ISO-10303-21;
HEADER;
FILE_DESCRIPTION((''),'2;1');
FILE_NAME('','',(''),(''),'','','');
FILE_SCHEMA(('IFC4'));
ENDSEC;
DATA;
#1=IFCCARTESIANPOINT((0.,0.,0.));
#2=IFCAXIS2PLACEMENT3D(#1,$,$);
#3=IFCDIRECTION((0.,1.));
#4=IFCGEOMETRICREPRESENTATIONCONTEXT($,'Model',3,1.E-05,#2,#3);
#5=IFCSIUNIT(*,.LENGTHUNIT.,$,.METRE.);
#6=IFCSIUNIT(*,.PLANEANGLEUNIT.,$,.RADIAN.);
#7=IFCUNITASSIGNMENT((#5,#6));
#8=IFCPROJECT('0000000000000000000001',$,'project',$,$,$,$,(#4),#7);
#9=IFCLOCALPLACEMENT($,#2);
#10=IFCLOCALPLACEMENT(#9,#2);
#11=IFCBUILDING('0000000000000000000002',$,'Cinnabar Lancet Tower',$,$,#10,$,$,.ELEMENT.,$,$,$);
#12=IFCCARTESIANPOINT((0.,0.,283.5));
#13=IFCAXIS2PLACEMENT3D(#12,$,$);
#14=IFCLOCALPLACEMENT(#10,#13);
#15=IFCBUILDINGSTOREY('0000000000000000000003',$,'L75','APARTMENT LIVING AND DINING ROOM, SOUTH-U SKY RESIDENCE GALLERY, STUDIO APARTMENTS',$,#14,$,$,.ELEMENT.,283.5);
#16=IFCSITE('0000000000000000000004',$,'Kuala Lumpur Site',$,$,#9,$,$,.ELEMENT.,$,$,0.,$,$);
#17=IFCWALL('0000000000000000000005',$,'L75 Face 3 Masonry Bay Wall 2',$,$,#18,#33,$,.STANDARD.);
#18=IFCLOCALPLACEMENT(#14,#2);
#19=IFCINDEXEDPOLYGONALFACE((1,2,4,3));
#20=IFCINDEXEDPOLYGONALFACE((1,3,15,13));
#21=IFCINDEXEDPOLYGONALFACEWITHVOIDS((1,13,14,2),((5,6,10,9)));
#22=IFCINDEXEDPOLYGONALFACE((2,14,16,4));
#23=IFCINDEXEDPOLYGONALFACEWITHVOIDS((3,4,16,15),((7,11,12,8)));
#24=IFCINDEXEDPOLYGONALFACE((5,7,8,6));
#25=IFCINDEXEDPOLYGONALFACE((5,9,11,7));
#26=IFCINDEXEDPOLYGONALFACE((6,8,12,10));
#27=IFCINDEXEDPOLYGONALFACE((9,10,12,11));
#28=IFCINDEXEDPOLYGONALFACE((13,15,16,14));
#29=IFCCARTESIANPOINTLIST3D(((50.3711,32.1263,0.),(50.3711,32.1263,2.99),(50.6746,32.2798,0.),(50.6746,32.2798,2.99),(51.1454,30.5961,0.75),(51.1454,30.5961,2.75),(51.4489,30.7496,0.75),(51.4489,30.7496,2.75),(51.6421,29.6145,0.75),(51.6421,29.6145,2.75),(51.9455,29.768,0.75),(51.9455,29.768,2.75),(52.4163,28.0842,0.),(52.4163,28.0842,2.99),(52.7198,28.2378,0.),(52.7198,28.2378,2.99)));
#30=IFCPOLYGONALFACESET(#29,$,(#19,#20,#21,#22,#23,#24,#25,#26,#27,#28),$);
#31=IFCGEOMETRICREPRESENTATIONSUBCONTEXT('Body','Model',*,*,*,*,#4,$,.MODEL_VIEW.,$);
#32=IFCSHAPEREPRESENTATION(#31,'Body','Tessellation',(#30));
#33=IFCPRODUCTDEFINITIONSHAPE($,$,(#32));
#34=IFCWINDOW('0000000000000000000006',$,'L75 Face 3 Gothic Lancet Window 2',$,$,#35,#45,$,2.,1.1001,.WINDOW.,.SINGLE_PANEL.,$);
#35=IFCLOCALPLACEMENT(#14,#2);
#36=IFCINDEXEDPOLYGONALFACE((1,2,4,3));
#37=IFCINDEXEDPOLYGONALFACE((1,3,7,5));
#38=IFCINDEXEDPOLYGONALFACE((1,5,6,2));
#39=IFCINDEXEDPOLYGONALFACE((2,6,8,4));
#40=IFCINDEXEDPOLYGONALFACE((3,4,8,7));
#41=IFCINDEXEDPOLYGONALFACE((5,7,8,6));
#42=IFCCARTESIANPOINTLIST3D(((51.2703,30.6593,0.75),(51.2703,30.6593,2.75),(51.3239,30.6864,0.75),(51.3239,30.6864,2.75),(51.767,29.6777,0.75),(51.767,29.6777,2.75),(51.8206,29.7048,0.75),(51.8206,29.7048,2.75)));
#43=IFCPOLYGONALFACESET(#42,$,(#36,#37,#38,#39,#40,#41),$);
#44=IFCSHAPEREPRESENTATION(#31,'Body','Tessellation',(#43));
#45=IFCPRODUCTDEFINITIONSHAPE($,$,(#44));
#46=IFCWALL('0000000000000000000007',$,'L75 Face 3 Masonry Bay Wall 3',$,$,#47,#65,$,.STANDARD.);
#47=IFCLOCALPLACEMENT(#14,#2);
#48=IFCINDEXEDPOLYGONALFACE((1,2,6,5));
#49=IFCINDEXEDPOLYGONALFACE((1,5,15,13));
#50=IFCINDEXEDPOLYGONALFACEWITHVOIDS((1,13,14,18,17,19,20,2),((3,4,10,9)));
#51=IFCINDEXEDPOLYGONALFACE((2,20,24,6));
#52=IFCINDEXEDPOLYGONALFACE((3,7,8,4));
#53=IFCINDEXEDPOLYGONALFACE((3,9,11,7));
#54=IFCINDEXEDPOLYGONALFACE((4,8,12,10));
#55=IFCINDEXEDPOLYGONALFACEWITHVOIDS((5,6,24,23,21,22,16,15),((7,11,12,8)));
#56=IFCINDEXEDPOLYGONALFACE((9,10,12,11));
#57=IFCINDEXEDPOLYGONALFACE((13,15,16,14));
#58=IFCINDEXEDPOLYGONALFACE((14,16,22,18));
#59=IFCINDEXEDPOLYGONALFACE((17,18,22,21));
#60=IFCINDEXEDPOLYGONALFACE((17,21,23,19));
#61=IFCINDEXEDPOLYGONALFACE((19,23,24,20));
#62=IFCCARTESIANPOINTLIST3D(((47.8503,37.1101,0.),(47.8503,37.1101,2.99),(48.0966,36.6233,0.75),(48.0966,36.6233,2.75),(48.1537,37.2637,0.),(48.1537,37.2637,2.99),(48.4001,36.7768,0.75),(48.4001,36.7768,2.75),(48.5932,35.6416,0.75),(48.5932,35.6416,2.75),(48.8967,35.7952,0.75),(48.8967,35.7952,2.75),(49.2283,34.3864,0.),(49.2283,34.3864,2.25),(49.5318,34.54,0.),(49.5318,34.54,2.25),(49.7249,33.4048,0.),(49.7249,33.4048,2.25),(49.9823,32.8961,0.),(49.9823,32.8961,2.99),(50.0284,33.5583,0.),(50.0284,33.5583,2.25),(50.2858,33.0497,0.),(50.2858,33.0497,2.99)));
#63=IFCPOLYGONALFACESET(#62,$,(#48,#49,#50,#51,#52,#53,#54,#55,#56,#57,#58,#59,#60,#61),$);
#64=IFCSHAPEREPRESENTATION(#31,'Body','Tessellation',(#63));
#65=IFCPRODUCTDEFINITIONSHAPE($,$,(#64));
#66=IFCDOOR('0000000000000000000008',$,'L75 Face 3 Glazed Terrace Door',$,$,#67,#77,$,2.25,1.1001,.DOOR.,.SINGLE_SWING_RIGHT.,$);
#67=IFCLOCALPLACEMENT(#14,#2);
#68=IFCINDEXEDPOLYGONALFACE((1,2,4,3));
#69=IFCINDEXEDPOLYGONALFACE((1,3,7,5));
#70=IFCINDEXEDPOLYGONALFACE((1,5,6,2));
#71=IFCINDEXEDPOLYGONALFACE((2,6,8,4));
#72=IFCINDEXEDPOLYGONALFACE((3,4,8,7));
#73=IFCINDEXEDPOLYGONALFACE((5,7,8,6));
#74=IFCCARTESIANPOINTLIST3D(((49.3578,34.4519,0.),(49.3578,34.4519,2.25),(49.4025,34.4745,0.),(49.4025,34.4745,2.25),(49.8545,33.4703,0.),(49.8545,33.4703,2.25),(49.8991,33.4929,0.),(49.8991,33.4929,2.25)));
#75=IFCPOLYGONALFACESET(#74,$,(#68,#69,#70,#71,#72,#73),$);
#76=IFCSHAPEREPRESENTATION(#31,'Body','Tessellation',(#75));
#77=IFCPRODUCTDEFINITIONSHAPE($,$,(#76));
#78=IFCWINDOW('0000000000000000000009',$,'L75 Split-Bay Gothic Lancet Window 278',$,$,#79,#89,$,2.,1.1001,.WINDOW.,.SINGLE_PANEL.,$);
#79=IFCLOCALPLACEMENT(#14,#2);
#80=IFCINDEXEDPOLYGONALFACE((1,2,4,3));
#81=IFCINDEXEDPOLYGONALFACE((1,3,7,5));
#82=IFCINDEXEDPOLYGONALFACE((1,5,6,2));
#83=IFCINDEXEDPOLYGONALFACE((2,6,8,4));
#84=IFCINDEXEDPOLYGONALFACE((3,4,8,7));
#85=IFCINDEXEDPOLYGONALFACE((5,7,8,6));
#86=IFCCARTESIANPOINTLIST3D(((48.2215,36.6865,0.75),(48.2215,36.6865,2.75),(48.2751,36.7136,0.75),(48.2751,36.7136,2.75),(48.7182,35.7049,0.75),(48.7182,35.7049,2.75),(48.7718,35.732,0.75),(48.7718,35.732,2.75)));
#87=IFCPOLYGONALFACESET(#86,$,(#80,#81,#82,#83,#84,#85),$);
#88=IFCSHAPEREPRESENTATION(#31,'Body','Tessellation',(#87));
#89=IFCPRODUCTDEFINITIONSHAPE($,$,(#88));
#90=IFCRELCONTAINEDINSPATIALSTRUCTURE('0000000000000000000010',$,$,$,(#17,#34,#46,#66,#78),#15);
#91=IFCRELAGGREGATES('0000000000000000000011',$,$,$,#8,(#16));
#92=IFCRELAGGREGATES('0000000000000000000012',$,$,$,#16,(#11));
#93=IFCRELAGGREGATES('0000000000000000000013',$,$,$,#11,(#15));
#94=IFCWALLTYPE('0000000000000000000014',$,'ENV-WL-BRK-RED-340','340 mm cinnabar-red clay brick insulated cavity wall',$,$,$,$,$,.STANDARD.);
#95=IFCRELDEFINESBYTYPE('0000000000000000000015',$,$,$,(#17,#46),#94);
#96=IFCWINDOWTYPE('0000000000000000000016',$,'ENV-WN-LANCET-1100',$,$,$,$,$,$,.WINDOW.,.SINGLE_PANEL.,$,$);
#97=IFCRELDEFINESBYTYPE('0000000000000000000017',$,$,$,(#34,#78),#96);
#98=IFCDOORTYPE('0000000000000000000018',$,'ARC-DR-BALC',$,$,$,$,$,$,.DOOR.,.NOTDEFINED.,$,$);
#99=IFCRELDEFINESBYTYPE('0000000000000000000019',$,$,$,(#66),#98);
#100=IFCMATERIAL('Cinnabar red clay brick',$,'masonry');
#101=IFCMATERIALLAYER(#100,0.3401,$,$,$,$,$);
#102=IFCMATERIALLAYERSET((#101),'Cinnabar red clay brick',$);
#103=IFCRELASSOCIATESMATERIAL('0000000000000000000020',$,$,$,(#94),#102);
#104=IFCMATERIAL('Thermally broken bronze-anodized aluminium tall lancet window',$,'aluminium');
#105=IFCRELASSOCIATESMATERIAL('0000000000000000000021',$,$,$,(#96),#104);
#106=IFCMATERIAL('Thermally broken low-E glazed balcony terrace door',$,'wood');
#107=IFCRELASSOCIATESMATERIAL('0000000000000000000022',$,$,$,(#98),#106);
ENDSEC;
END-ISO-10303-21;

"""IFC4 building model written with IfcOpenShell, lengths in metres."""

from ifc_helpers import new_model, si_unit, direction, frame, frame_2d, origin, place, context, subcontext, project, spatial, rectangle, extrude, material, layer, layer_set, type_object, element, fill, save


model = new_model("IFC4")

# Units and contexts
model_context = context("Model", 3, precision=1e-05, world=origin(), true_north=direction((0.0, 1.0)))
body_context = subcontext(model_context, "Body", "Model", "MODEL_VIEW")
ifc_project = project(units=[si_unit("LENGTHUNIT", "METRE"), si_unit("PLANEANGLEUNIT", "RADIAN")], contexts=[model_context])

# Site, building, storey
site_placement = place(None, origin())
site = spatial("IfcSite", under=ifc_project, at=site_placement, Name="Kuala Lumpur Site", CompositionType="ELEMENT", RefElevation=0.0)
building_placement = place(site_placement, origin())
building = spatial("IfcBuilding", under=site, at=building_placement, Name="Cinnabar Lancet Tower", CompositionType="ELEMENT")
storey_placement = place(building_placement, frame((0.0, 0.0, 283.5)))
storey = spatial("IfcBuildingStorey", under=building, at=storey_placement, Name="L75", Description="APARTMENT LIVING AND DINING ROOM, SOUTH-U SKY RESIDENCE GALLERY, STUDIO APARTMENTS", CompositionType="ELEMENT", Elevation=283.5)

# Shared definitions
ifc_material_1 = material(Name="Cinnabar red clay brick", Category="masonry")
ifc_layer_1 = layer(ifc_material_1, 0.3401)
ifc_layer_set_1 = layer_set([ifc_layer_1], Name="Cinnabar red clay brick")
wall_type_1 = type_object("IfcWallType", Name="ENV-WL-BRK-RED-340", Description="340 mm cinnabar-red clay brick insulated cavity wall", PredefinedType="STANDARD", material=ifc_layer_set_1)

# Wall, opening, window
wall_1_placement = place(storey_placement, frame((52.5681, 28.1609, 0.0), z_axis=(0.0, 0.0, 1.0), x_axis=(-0.451477, 0.892283, 0.0)))
wall_1 = element("IfcWall", 1, at=wall_1_placement, inside=storey, type_object=wall_type_1, Name="L75 Face 3 Masonry Bay Wall 2", PredefinedType="STANDARD", context=body_context, shape_type="SweptSolid", body=[
    extrude(rectangle(XDim=4.53, YDim=0.3401, at=frame_2d((2.2651, 0.0))), origin(), (0.0, 0.0, 1.0), 2.99),
])
opening_1_placement = place(wall_1_placement, frame((1.7151, 0.0, 0.75)))
opening_1 = element("IfcOpeningElement", 2, at=opening_1_placement, cuts=wall_1, PredefinedType="OPENING", context=body_context, shape_type="SweptSolid", body=[
    extrude(rectangle(XDim=1.1001, YDim=2.0, at=frame_2d((0.55, 1.0))), frame((0.0, 0.1799, 0.0), z_axis=(0.0, -1.0, 0.0), x_axis=(1.0, 0.0, 0.0)), (0.0, 0.0, 1.0), 0.3601),
])
ifc_material_2 = material(Name="Thermally broken bronze-anodized aluminium tall lancet window", Category="aluminium")
window_type = type_object("IfcWindowType", Name="ENV-WN-LANCET-1100", PartitioningType="SINGLE_PANEL", PredefinedType="WINDOW", material=ifc_material_2)
window_1_placement = place(opening_1_placement, origin())
window_1 = element("IfcWindow", 3, at=window_1_placement, inside=storey, type_object=window_type, Name="L75 Face 3 Gothic Lancet Window 2", OverallHeight=2.0, OverallWidth=1.1001, PartitioningType="SINGLE_PANEL", PredefinedType="WINDOW", context=body_context, shape_type="SweptSolid", body=[
    extrude(rectangle(XDim=1.1001, YDim=2.0, at=frame_2d((0.55, 1.0))), frame((0.0, 0.03, 0.0), z_axis=(0.0, -1.0, 0.0), x_axis=(1.0, 0.0, 0.0)), (0.0, 0.0, 1.0), 0.0601),
])
fill(opening_1, window_1)

# Wall, openings, door, window
wall_2_placement = place(storey_placement, frame((50.134, 32.9729, 0.0), z_axis=(0.0, 0.0, 1.0), x_axis=(-0.451448, 0.892298, 0.0)))
wall_2 = element("IfcWall", 4, at=wall_2_placement, inside=storey, type_object=wall_type_1, Name="L75 Face 3 Masonry Bay Wall 3", PredefinedType="STANDARD", context=body_context, shape_type="SweptSolid", body=[
    extrude(rectangle(XDim=4.7227, YDim=0.3401, at=frame_2d((2.3613, 0.0))), origin(), (0.0, 0.0, 1.0), 2.99),
])
opening_2_placement = place(wall_2_placement, frame((0.5701, 0.0, 0.0)))
opening_2 = element("IfcOpeningElement", 5, at=opening_2_placement, cuts=wall_2, PredefinedType="OPENING", context=body_context, shape_type="SweptSolid", body=[
    extrude(rectangle(XDim=1.1001, YDim=2.25, at=frame_2d((0.55, 1.125))), frame((0.0, 0.1799, 0.0), z_axis=(0.0, -1.0, 0.0), x_axis=(1.0, 0.0, 0.0)), (0.0, 0.0, 1.0), 0.3601),
])
opening_3_placement = place(wall_2_placement, frame((3.0769, 0.0, 0.75)))
opening_3 = element("IfcOpeningElement", 6, at=opening_3_placement, cuts=wall_2, PredefinedType="OPENING", context=body_context, shape_type="SweptSolid", body=[
    extrude(rectangle(XDim=1.1001, YDim=2.0, at=frame_2d((0.55, 1.0))), frame((0.0, 0.1799, 0.0), z_axis=(0.0, -1.0, 0.0), x_axis=(1.0, 0.0, 0.0)), (0.0, 0.0, 1.0), 0.3601),
])
ifc_material_3 = material(Name="Thermally broken low-E glazed balcony terrace door", Category="wood")
door_type = type_object("IfcDoorType", Name="ARC-DR-BALC", OperationType="NOTDEFINED", PredefinedType="DOOR", material=ifc_material_3)
door_placement = place(opening_2_placement, origin())
door = element("IfcDoor", 7, at=door_placement, inside=storey, type_object=door_type, Name="L75 Face 3 Glazed Terrace Door", OperationType="SINGLE_SWING_RIGHT", OverallHeight=2.25, OverallWidth=1.1001, PredefinedType="DOOR", context=body_context, shape_type="SweptSolid", body=[
    extrude(rectangle(XDim=1.1001, YDim=2.25, at=frame_2d((0.55, 1.125))), frame((0.0, 0.0249, 0.0), z_axis=(0.0, -1.0, 0.0), x_axis=(1.0, 0.0, 0.0)), (0.0, 0.0, 1.0), 0.05),
])
fill(opening_2, door)
window_2_placement = place(opening_3_placement, origin())
window_2 = element("IfcWindow", 8, at=window_2_placement, inside=storey, type_object=window_type, Name="L75 Split-Bay Gothic Lancet Window 278", OverallHeight=2.0, OverallWidth=1.1001, PartitioningType="SINGLE_PANEL", PredefinedType="WINDOW", context=body_context, shape_type="SweptSolid", body=[
    extrude(rectangle(XDim=1.1001, YDim=2.0, at=frame_2d((0.55, 1.0))), frame((0.0, 0.03, 0.0), z_axis=(0.0, -1.0, 0.0), x_axis=(1.0, 0.0, 0.0)), (0.0, 0.0, 1.0), 0.0601),
])
fill(opening_3, window_2)

save(model, "model.ifc")
